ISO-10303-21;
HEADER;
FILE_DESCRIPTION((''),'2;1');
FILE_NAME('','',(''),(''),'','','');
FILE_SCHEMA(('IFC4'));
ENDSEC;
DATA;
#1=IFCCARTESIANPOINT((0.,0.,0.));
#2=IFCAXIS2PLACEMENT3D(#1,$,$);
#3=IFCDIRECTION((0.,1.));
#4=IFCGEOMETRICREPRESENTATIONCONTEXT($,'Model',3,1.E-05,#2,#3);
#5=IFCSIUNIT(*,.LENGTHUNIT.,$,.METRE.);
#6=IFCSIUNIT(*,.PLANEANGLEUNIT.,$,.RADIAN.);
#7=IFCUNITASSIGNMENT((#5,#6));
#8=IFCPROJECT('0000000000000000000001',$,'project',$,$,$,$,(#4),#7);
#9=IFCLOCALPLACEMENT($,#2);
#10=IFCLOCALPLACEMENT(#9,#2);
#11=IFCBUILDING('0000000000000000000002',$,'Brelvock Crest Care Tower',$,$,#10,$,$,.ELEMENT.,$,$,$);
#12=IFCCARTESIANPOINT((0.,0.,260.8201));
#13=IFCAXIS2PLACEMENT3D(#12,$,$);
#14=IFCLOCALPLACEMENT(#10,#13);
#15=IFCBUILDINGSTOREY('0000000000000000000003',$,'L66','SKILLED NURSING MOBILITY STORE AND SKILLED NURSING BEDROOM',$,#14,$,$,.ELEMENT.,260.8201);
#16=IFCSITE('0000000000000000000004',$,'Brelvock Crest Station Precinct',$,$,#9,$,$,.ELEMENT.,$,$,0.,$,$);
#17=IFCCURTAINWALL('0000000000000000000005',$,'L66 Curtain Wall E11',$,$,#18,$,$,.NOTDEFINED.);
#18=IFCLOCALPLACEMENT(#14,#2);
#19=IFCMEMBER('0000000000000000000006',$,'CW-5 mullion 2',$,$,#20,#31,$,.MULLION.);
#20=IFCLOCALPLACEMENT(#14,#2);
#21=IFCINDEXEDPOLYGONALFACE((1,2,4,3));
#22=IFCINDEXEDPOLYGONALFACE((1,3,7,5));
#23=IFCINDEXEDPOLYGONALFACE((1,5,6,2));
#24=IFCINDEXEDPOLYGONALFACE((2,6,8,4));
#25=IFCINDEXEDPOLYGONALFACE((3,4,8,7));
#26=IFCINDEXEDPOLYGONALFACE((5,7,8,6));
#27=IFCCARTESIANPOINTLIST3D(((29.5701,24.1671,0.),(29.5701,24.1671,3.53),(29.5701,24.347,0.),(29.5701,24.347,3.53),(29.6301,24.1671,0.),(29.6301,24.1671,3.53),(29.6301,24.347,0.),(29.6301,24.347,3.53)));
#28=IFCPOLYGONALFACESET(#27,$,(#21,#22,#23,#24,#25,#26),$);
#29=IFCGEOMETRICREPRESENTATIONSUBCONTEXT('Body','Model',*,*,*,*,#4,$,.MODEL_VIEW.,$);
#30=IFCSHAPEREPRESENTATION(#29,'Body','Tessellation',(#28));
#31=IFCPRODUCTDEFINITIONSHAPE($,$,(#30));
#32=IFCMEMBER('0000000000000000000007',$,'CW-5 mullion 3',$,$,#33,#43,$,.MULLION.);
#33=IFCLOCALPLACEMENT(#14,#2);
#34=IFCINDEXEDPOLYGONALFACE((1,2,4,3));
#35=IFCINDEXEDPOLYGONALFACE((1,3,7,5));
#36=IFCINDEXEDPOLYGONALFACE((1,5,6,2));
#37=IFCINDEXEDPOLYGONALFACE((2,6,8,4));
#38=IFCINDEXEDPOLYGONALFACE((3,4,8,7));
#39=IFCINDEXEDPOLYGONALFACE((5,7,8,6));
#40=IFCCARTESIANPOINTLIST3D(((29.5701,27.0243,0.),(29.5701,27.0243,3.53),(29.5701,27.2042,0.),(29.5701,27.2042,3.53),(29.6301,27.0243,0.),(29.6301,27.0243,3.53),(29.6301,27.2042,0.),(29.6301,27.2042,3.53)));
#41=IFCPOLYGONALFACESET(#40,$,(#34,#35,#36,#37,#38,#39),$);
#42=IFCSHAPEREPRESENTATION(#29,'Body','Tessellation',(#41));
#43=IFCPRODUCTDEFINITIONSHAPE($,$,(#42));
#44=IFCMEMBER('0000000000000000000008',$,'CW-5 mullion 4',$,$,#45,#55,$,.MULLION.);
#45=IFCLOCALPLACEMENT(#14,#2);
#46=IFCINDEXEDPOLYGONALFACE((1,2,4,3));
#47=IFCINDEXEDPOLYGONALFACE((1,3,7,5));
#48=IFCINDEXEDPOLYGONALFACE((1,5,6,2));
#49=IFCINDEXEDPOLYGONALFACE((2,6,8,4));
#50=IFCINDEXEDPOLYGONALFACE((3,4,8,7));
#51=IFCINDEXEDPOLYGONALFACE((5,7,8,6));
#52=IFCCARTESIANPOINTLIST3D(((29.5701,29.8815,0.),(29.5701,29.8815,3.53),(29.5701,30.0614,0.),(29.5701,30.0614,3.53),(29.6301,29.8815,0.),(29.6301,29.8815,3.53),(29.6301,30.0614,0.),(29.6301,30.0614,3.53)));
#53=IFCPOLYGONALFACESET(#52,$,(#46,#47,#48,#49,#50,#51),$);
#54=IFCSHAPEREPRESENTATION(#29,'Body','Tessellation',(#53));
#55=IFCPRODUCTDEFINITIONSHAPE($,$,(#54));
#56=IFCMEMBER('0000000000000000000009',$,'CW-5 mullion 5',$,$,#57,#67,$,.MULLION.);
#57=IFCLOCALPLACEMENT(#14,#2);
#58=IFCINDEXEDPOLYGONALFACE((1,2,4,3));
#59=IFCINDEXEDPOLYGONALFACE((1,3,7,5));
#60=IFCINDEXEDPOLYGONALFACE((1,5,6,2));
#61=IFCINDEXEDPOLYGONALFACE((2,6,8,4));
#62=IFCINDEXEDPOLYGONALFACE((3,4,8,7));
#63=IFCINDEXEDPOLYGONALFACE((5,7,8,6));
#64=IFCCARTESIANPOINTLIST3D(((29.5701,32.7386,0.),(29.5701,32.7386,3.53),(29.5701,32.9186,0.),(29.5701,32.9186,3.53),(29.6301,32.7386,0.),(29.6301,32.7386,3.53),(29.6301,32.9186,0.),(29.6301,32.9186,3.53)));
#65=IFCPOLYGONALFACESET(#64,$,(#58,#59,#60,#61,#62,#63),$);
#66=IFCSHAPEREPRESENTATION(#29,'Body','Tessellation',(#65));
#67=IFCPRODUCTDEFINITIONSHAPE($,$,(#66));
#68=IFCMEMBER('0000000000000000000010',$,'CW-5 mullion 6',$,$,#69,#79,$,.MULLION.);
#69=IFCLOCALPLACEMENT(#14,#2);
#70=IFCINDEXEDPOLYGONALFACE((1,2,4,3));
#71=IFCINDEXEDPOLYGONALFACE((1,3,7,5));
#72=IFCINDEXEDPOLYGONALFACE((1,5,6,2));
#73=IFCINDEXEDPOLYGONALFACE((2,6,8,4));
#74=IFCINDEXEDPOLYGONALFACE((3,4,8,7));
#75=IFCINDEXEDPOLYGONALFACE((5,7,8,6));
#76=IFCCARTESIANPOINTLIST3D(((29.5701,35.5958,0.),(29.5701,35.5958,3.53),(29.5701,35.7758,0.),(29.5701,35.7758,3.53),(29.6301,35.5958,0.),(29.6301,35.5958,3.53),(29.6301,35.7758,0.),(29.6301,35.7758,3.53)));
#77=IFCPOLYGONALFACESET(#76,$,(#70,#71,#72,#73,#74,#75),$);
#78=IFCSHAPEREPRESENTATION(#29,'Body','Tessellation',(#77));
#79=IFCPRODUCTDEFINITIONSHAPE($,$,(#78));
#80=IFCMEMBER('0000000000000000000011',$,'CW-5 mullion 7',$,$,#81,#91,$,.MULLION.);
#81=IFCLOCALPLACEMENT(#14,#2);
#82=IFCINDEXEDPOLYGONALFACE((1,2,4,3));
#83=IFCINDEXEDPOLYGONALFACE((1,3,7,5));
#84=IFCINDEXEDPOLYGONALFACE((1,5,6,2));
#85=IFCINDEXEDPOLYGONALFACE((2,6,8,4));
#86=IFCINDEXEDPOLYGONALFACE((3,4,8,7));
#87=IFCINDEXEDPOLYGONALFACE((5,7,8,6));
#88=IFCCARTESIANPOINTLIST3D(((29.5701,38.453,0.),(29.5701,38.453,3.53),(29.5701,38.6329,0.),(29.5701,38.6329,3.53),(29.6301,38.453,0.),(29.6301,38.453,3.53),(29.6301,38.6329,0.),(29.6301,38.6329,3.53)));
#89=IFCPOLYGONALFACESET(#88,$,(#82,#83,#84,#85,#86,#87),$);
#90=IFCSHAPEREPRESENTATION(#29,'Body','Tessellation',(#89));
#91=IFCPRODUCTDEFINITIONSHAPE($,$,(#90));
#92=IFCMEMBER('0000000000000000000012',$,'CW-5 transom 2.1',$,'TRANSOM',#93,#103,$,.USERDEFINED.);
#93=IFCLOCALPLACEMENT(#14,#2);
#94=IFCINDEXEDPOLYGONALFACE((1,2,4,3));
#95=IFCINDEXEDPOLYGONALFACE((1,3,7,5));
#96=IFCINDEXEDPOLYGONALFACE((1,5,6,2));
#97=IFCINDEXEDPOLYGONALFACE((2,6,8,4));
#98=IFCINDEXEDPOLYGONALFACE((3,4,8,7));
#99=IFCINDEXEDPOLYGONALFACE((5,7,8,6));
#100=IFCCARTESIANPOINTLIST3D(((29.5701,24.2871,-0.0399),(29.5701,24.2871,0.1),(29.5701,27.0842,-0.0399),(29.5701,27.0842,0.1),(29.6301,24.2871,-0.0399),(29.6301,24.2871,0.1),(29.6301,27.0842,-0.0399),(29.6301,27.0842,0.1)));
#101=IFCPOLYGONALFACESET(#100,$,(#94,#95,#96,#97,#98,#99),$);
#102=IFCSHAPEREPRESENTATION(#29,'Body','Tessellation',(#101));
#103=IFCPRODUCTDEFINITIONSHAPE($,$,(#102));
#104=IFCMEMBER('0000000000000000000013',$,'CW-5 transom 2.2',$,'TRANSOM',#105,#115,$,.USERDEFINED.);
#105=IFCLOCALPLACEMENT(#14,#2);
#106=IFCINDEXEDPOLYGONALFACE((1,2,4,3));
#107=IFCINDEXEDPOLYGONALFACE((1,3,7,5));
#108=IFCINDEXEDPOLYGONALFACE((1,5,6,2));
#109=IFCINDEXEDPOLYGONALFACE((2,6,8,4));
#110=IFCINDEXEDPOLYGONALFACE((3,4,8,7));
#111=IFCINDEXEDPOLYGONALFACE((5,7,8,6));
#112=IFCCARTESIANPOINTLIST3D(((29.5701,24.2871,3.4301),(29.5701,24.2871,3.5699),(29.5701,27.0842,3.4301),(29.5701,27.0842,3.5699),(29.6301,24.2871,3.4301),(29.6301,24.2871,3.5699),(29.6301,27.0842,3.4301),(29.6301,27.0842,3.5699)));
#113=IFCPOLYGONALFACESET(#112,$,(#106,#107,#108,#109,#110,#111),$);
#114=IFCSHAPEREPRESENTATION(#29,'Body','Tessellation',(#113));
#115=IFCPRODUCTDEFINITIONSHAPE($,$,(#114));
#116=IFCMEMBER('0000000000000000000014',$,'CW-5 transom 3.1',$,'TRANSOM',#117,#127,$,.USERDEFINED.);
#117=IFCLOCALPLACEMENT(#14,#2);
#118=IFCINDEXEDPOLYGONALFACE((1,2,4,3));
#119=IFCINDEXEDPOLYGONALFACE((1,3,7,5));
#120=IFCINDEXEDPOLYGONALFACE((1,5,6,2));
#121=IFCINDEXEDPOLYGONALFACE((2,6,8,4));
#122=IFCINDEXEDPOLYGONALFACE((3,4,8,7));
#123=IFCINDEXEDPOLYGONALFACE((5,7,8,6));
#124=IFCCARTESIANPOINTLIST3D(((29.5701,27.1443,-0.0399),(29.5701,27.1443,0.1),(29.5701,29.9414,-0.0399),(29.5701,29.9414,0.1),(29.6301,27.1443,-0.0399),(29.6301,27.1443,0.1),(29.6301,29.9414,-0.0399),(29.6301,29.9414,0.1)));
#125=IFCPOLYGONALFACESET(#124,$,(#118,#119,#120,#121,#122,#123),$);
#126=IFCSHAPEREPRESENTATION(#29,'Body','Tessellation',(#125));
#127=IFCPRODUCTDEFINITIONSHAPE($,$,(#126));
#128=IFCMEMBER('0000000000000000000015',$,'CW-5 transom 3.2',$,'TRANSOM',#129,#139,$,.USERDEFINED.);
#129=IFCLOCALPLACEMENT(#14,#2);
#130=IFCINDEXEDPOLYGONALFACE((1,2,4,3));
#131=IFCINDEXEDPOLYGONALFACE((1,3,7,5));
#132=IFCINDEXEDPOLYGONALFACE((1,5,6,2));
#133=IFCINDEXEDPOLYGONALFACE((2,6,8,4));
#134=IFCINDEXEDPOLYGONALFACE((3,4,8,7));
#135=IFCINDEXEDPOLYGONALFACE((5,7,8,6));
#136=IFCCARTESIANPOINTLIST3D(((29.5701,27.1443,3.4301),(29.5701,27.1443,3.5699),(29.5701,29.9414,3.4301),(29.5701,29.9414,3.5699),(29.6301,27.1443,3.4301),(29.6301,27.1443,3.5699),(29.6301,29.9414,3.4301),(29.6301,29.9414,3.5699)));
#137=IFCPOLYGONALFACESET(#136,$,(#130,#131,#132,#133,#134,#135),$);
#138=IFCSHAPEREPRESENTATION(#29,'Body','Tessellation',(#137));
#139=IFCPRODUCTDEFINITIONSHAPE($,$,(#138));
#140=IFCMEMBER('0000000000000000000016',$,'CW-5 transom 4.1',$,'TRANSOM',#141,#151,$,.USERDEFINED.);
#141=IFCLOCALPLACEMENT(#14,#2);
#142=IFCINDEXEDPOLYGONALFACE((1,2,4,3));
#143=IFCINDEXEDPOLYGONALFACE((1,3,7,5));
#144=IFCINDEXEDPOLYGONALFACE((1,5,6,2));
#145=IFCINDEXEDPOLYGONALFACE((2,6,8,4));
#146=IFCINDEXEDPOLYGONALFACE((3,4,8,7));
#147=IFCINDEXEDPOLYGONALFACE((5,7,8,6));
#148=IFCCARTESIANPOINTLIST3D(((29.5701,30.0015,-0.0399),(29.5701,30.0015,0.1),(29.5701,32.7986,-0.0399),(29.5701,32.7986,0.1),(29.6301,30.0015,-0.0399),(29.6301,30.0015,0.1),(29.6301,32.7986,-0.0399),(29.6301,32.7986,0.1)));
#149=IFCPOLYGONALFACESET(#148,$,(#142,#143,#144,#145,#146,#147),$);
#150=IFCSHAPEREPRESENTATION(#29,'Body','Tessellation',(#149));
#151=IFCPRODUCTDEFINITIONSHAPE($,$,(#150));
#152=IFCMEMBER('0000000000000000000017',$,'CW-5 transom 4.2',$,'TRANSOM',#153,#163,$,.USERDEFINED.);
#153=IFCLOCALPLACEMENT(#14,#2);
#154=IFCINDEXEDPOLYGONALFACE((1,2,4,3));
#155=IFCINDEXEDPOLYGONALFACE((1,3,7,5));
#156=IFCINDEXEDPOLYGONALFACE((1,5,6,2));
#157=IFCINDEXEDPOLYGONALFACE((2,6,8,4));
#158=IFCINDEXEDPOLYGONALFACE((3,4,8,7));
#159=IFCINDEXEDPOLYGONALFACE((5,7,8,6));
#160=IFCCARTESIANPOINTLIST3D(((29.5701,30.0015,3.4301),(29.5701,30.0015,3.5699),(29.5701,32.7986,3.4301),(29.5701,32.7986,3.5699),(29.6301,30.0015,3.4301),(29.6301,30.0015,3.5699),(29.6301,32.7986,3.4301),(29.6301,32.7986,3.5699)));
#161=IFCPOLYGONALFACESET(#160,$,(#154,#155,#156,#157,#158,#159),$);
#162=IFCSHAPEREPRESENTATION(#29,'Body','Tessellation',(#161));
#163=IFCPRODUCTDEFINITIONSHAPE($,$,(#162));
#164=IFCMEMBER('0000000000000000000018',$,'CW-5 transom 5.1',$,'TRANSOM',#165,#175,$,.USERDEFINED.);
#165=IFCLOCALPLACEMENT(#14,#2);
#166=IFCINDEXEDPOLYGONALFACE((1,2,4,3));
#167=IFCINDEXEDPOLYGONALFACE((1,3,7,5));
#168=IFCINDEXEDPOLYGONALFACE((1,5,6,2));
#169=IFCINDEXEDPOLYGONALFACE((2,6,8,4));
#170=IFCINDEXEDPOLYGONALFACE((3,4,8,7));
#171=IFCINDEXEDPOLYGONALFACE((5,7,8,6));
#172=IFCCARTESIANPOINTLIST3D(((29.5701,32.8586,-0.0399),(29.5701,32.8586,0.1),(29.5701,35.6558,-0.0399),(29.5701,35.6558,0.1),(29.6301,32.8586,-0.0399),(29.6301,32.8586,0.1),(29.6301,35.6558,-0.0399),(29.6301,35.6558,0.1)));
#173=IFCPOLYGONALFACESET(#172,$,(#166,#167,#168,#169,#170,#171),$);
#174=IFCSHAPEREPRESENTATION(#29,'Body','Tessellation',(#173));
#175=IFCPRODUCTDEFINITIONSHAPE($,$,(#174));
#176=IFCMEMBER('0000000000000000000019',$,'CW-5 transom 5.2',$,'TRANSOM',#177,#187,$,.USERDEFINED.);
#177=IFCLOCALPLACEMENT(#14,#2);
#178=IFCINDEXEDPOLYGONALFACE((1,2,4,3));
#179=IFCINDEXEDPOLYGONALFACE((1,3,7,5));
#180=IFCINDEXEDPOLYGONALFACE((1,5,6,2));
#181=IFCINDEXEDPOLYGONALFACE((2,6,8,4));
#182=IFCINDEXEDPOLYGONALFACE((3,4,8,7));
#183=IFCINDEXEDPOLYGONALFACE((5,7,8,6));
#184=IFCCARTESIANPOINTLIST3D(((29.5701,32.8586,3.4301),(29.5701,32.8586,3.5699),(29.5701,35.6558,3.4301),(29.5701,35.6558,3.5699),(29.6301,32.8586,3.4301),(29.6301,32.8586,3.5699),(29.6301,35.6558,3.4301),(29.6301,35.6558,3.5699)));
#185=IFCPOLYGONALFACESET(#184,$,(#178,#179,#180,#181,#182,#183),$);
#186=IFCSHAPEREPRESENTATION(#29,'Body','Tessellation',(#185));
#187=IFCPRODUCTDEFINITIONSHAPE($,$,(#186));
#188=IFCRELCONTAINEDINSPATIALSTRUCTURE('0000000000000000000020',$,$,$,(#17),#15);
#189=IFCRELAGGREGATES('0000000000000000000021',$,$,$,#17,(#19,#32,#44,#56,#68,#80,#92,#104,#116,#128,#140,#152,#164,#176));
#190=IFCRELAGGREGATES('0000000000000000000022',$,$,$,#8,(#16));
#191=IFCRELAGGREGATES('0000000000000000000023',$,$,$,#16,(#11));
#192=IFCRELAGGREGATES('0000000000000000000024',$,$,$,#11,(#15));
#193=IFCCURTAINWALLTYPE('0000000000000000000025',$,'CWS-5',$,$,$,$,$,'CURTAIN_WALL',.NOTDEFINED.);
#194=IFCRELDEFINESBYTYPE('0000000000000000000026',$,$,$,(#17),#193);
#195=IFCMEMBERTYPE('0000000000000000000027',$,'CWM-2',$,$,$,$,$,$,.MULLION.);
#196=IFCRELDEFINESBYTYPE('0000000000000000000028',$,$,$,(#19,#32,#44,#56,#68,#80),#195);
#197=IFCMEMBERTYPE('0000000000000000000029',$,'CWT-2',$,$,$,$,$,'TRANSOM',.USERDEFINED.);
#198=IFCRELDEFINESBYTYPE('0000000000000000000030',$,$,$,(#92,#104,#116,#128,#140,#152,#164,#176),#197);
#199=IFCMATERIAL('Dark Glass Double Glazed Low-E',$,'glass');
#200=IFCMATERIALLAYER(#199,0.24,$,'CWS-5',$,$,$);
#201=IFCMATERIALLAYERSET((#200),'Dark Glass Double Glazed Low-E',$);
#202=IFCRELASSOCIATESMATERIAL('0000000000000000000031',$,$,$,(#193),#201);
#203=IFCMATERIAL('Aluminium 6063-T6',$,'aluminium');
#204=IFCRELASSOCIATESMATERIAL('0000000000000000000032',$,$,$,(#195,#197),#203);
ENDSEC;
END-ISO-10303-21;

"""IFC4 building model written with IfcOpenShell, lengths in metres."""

from ifc_helpers import new_model, si_unit, direction, frame, origin, origin_2d, place, context, subcontext, project, spatial, rectangle, extrude, source, transform, mapped, material, layer, layer_set, material_profile, profile_set, type_object, element, aggregate, save


model = new_model("IFC4")

# Units and contexts
model_context = context("Model", 3, precision=1e-05, world=origin(), true_north=direction((0.0, 1.0)))
body_context = subcontext(model_context, "Body", "Model", "MODEL_VIEW")
ifc_project = project(units=[si_unit("LENGTHUNIT", "METRE"), si_unit("PLANEANGLEUNIT", "RADIAN")], contexts=[model_context])

# Site, building, storey
site_placement = place(None, origin())
site = spatial("IfcSite", under=ifc_project, at=site_placement, Name="Brelvock Crest Station Precinct", CompositionType="ELEMENT", RefElevation=0.0)
building_placement = place(site_placement, origin())
building = spatial("IfcBuilding", under=site, at=building_placement, Name="Brelvock Crest Care Tower", CompositionType="ELEMENT")
storey_placement = place(building_placement, frame((0.0, 0.0, 260.8201)))
storey = spatial("IfcBuildingStorey", under=building, at=storey_placement, Name="L66", Description="SKILLED NURSING MOBILITY STORE AND SKILLED NURSING BEDROOM", CompositionType="ELEMENT", Elevation=260.8201)

# Curtain wall, members
ifc_material_1 = material(Name="Dark Glass Double Glazed Low-E", Category="glass")
ifc_layer_1 = layer(ifc_material_1, 0.24, Name="CWS-5")
ifc_layer_set_1 = layer_set([ifc_layer_1], Name="Dark Glass Double Glazed Low-E")
curtain_wall_type = type_object("IfcCurtainWallType", Name="CWS-5", ElementType="CURTAIN_WALL", PredefinedType="NOTDEFINED", material=ifc_layer_set_1)
curtain_wall_placement = place(storey_placement, origin())
curtain_wall = element("IfcCurtainWall", 1, at=curtain_wall_placement, inside=storey, type_object=curtain_wall_type, Name="L66 Curtain Wall E11", PredefinedType="NOTDEFINED")
ifc_material_2 = material(Name="Aluminium 6063-T6", Category="aluminium")
ifc_material_profile_1 = material_profile(ifc_material_2, rectangle(XDim=0.0601, YDim=0.1799, at=origin_2d()), Name="ALU60x180")
ifc_profile_set_1 = profile_set([ifc_material_profile_1], Name="Aluminium 6063-T6")
member_type_1 = type_object("IfcMemberType", Name="CWM-2", PredefinedType="MULLION", material=ifc_profile_set_1)
shared_shape_1 = source(origin(), body_context, "Body", "SweptSolid", [
    extrude(rectangle(XDim=0.0601, YDim=0.1799, at=origin_2d()), origin(), (0.0, 0.0, 1.0), 3.53),
])
member_1_placement = place(storey_placement, frame((29.6001, 24.2571, 0.0), z_axis=(0.0, 0.0, 1.0), x_axis=(-1.0, 0.0, 0.0)))
member_1 = element("IfcMember", 2, at=member_1_placement, type_object=member_type_1, Name="CW-5 mullion 2", PredefinedType="MULLION", context=body_context, shape_type="MappedRepresentation", body=[
    mapped(shared_shape_1, transform((0.0, 0.0, 0.0), x_axis=(1.0, 0.0, 0.0), y_axis=(0.0, 1.0, 0.0), z_axis=(0.0, 0.0, 1.0), scale=1.0)),
])
member_2_placement = place(storey_placement, frame((29.6001, 27.1143, 0.0), z_axis=(0.0, 0.0, 1.0), x_axis=(-1.0, 0.0, 0.0)))
member_2 = element("IfcMember", 3, at=member_2_placement, type_object=member_type_1, Name="CW-5 mullion 3", PredefinedType="MULLION", context=body_context, shape_type="MappedRepresentation", body=[
    mapped(shared_shape_1, transform((0.0, 0.0, 0.0), x_axis=(1.0, 0.0, 0.0), y_axis=(0.0, 1.0, 0.0), z_axis=(0.0, 0.0, 1.0), scale=1.0)),
])
member_3_placement = place(storey_placement, frame((29.6001, 29.9714, 0.0), z_axis=(0.0, 0.0, 1.0), x_axis=(-1.0, 0.0, 0.0)))
member_3 = element("IfcMember", 4, at=member_3_placement, type_object=member_type_1, Name="CW-5 mullion 4", PredefinedType="MULLION", context=body_context, shape_type="MappedRepresentation", body=[
    mapped(shared_shape_1, transform((0.0, 0.0, 0.0), x_axis=(1.0, 0.0, 0.0), y_axis=(0.0, 1.0, 0.0), z_axis=(0.0, 0.0, 1.0), scale=1.0)),
])
member_4_placement = place(storey_placement, frame((29.6001, 32.8286, 0.0), z_axis=(0.0, 0.0, 1.0), x_axis=(-1.0, 0.0, 0.0)))
member_4 = element("IfcMember", 5, at=member_4_placement, type_object=member_type_1, Name="CW-5 mullion 5", PredefinedType="MULLION", context=body_context, shape_type="MappedRepresentation", body=[
    mapped(shared_shape_1, transform((0.0, 0.0, 0.0), x_axis=(1.0, 0.0, 0.0), y_axis=(0.0, 1.0, 0.0), z_axis=(0.0, 0.0, 1.0), scale=1.0)),
])
member_5_placement = place(storey_placement, frame((29.6001, 35.6858, 0.0), z_axis=(0.0, 0.0, 1.0), x_axis=(-1.0, 0.0, 0.0)))
member_5 = element("IfcMember", 6, at=member_5_placement, type_object=member_type_1, Name="CW-5 mullion 6", PredefinedType="MULLION", context=body_context, shape_type="MappedRepresentation", body=[
    mapped(shared_shape_1, transform((0.0, 0.0, 0.0), x_axis=(1.0, 0.0, 0.0), y_axis=(0.0, 1.0, 0.0), z_axis=(0.0, 0.0, 1.0), scale=1.0)),
])
member_6_placement = place(storey_placement, frame((29.6001, 38.543, 0.0), z_axis=(0.0, 0.0, 1.0), x_axis=(-1.0, 0.0, 0.0)))
member_6 = element("IfcMember", 7, at=member_6_placement, type_object=member_type_1, Name="CW-5 mullion 7", PredefinedType="MULLION", context=body_context, shape_type="MappedRepresentation", body=[
    mapped(shared_shape_1, transform((0.0, 0.0, 0.0), x_axis=(1.0, 0.0, 0.0), y_axis=(0.0, 1.0, 0.0), z_axis=(0.0, 0.0, 1.0), scale=1.0)),
])
ifc_material_profile_2 = material_profile(ifc_material_2, rectangle(XDim=0.0601, YDim=0.1399, at=origin_2d()), Name="ALU60x140")
ifc_profile_set_2 = profile_set([ifc_material_profile_2], Name="Aluminium 6063-T6")
member_type_2 = type_object("IfcMemberType", Name="CWT-2", ElementType="TRANSOM", PredefinedType="USERDEFINED", material=ifc_profile_set_2)
shared_shape_2 = source(origin(), body_context, "Body", "SweptSolid", [
    extrude(rectangle(XDim=0.0601, YDim=0.1399, at=origin_2d()), origin(), (0.0, 0.0, 1.0), 2.7971),
])
member_7_placement = place(storey_placement, frame((29.6001, 24.2871, 0.03), z_axis=(0.0, 1.0, 0.0), x_axis=(-1.0, 0.0, 0.0)))
member_7 = element("IfcMember", 8, at=member_7_placement, type_object=member_type_2, Name="CW-5 transom 2.1", ObjectType="TRANSOM", PredefinedType="USERDEFINED", context=body_context, shape_type="MappedRepresentation", body=[
    mapped(shared_shape_2, transform((0.0, 0.0, 0.0), x_axis=(1.0, 0.0, 0.0), y_axis=(0.0, 1.0, 0.0), z_axis=(0.0, 0.0, 1.0), scale=1.0)),
])
member_8_placement = place(storey_placement, frame((29.6001, 24.2871, 3.5), z_axis=(0.0, 1.0, 0.0), x_axis=(-1.0, 0.0, 0.0)))
member_8 = element("IfcMember", 9, at=member_8_placement, type_object=member_type_2, Name="CW-5 transom 2.2", ObjectType="TRANSOM", PredefinedType="USERDEFINED", context=body_context, shape_type="MappedRepresentation", body=[
    mapped(shared_shape_2, transform((0.0, 0.0, 0.0), x_axis=(1.0, 0.0, 0.0), y_axis=(0.0, 1.0, 0.0), z_axis=(0.0, 0.0, 1.0), scale=1.0)),
])
member_9_placement = place(storey_placement, frame((29.6001, 27.1443, 0.03), z_axis=(0.0, 1.0, 0.0), x_axis=(-1.0, 0.0, 0.0)))
member_9 = element("IfcMember", 10, at=member_9_placement, type_object=member_type_2, Name="CW-5 transom 3.1", ObjectType="TRANSOM", PredefinedType="USERDEFINED", context=body_context, shape_type="MappedRepresentation", body=[
    mapped(shared_shape_2, transform((0.0, 0.0, 0.0), x_axis=(1.0, 0.0, 0.0), y_axis=(0.0, 1.0, 0.0), z_axis=(0.0, 0.0, 1.0), scale=1.0)),
])
member_10_placement = place(storey_placement, frame((29.6001, 27.1443, 3.5), z_axis=(0.0, 1.0, 0.0), x_axis=(-1.0, 0.0, 0.0)))
member_10 = element("IfcMember", 11, at=member_10_placement, type_object=member_type_2, Name="CW-5 transom 3.2", ObjectType="TRANSOM", PredefinedType="USERDEFINED", context=body_context, shape_type="MappedRepresentation", body=[
    mapped(shared_shape_2, transform((0.0, 0.0, 0.0), x_axis=(1.0, 0.0, 0.0), y_axis=(0.0, 1.0, 0.0), z_axis=(0.0, 0.0, 1.0), scale=1.0)),
])
member_11_placement = place(storey_placement, frame((29.6001, 30.0015, 0.03), z_axis=(0.0, 1.0, 0.0), x_axis=(-1.0, 0.0, 0.0)))
member_11 = element("IfcMember", 12, at=member_11_placement, type_object=member_type_2, Name="CW-5 transom 4.1", ObjectType="TRANSOM", PredefinedType="USERDEFINED", context=body_context, shape_type="MappedRepresentation", body=[
    mapped(shared_shape_2, transform((0.0, 0.0, 0.0), x_axis=(1.0, 0.0, 0.0), y_axis=(0.0, 1.0, 0.0), z_axis=(0.0, 0.0, 1.0), scale=1.0)),
])
member_12_placement = place(storey_placement, frame((29.6001, 30.0015, 3.5), z_axis=(0.0, 1.0, 0.0), x_axis=(-1.0, 0.0, 0.0)))
member_12 = element("IfcMember", 13, at=member_12_placement, type_object=member_type_2, Name="CW-5 transom 4.2", ObjectType="TRANSOM", PredefinedType="USERDEFINED", context=body_context, shape_type="MappedRepresentation", body=[
    mapped(shared_shape_2, transform((0.0, 0.0, 0.0), x_axis=(1.0, 0.0, 0.0), y_axis=(0.0, 1.0, 0.0), z_axis=(0.0, 0.0, 1.0), scale=1.0)),
])
member_13_placement = place(storey_placement, frame((29.6001, 32.8586, 0.03), z_axis=(0.0, 1.0, 0.0), x_axis=(-1.0, 0.0, 0.0)))
member_13 = element("IfcMember", 14, at=member_13_placement, type_object=member_type_2, Name="CW-5 transom 5.1", ObjectType="TRANSOM", PredefinedType="USERDEFINED", context=body_context, shape_type="MappedRepresentation", body=[
    mapped(shared_shape_2, transform((0.0, 0.0, 0.0), x_axis=(1.0, 0.0, 0.0), y_axis=(0.0, 1.0, 0.0), z_axis=(0.0, 0.0, 1.0), scale=1.0)),
])
member_14_placement = place(storey_placement, frame((29.6001, 32.8586, 3.5), z_axis=(0.0, 1.0, 0.0), x_axis=(-1.0, 0.0, 0.0)))
member_14 = element("IfcMember", 15, at=member_14_placement, type_object=member_type_2, Name="CW-5 transom 5.2", ObjectType="TRANSOM", PredefinedType="USERDEFINED", context=body_context, shape_type="MappedRepresentation", body=[
    mapped(shared_shape_2, transform((0.0, 0.0, 0.0), x_axis=(1.0, 0.0, 0.0), y_axis=(0.0, 1.0, 0.0), z_axis=(0.0, 0.0, 1.0), scale=1.0)),
])
aggregate(curtain_wall, [member_1, member_2, member_3, member_4, member_5, member_6, member_7, member_8, member_9, member_10, member_11, member_12, member_13, member_14])

save(model, "model.ifc")
